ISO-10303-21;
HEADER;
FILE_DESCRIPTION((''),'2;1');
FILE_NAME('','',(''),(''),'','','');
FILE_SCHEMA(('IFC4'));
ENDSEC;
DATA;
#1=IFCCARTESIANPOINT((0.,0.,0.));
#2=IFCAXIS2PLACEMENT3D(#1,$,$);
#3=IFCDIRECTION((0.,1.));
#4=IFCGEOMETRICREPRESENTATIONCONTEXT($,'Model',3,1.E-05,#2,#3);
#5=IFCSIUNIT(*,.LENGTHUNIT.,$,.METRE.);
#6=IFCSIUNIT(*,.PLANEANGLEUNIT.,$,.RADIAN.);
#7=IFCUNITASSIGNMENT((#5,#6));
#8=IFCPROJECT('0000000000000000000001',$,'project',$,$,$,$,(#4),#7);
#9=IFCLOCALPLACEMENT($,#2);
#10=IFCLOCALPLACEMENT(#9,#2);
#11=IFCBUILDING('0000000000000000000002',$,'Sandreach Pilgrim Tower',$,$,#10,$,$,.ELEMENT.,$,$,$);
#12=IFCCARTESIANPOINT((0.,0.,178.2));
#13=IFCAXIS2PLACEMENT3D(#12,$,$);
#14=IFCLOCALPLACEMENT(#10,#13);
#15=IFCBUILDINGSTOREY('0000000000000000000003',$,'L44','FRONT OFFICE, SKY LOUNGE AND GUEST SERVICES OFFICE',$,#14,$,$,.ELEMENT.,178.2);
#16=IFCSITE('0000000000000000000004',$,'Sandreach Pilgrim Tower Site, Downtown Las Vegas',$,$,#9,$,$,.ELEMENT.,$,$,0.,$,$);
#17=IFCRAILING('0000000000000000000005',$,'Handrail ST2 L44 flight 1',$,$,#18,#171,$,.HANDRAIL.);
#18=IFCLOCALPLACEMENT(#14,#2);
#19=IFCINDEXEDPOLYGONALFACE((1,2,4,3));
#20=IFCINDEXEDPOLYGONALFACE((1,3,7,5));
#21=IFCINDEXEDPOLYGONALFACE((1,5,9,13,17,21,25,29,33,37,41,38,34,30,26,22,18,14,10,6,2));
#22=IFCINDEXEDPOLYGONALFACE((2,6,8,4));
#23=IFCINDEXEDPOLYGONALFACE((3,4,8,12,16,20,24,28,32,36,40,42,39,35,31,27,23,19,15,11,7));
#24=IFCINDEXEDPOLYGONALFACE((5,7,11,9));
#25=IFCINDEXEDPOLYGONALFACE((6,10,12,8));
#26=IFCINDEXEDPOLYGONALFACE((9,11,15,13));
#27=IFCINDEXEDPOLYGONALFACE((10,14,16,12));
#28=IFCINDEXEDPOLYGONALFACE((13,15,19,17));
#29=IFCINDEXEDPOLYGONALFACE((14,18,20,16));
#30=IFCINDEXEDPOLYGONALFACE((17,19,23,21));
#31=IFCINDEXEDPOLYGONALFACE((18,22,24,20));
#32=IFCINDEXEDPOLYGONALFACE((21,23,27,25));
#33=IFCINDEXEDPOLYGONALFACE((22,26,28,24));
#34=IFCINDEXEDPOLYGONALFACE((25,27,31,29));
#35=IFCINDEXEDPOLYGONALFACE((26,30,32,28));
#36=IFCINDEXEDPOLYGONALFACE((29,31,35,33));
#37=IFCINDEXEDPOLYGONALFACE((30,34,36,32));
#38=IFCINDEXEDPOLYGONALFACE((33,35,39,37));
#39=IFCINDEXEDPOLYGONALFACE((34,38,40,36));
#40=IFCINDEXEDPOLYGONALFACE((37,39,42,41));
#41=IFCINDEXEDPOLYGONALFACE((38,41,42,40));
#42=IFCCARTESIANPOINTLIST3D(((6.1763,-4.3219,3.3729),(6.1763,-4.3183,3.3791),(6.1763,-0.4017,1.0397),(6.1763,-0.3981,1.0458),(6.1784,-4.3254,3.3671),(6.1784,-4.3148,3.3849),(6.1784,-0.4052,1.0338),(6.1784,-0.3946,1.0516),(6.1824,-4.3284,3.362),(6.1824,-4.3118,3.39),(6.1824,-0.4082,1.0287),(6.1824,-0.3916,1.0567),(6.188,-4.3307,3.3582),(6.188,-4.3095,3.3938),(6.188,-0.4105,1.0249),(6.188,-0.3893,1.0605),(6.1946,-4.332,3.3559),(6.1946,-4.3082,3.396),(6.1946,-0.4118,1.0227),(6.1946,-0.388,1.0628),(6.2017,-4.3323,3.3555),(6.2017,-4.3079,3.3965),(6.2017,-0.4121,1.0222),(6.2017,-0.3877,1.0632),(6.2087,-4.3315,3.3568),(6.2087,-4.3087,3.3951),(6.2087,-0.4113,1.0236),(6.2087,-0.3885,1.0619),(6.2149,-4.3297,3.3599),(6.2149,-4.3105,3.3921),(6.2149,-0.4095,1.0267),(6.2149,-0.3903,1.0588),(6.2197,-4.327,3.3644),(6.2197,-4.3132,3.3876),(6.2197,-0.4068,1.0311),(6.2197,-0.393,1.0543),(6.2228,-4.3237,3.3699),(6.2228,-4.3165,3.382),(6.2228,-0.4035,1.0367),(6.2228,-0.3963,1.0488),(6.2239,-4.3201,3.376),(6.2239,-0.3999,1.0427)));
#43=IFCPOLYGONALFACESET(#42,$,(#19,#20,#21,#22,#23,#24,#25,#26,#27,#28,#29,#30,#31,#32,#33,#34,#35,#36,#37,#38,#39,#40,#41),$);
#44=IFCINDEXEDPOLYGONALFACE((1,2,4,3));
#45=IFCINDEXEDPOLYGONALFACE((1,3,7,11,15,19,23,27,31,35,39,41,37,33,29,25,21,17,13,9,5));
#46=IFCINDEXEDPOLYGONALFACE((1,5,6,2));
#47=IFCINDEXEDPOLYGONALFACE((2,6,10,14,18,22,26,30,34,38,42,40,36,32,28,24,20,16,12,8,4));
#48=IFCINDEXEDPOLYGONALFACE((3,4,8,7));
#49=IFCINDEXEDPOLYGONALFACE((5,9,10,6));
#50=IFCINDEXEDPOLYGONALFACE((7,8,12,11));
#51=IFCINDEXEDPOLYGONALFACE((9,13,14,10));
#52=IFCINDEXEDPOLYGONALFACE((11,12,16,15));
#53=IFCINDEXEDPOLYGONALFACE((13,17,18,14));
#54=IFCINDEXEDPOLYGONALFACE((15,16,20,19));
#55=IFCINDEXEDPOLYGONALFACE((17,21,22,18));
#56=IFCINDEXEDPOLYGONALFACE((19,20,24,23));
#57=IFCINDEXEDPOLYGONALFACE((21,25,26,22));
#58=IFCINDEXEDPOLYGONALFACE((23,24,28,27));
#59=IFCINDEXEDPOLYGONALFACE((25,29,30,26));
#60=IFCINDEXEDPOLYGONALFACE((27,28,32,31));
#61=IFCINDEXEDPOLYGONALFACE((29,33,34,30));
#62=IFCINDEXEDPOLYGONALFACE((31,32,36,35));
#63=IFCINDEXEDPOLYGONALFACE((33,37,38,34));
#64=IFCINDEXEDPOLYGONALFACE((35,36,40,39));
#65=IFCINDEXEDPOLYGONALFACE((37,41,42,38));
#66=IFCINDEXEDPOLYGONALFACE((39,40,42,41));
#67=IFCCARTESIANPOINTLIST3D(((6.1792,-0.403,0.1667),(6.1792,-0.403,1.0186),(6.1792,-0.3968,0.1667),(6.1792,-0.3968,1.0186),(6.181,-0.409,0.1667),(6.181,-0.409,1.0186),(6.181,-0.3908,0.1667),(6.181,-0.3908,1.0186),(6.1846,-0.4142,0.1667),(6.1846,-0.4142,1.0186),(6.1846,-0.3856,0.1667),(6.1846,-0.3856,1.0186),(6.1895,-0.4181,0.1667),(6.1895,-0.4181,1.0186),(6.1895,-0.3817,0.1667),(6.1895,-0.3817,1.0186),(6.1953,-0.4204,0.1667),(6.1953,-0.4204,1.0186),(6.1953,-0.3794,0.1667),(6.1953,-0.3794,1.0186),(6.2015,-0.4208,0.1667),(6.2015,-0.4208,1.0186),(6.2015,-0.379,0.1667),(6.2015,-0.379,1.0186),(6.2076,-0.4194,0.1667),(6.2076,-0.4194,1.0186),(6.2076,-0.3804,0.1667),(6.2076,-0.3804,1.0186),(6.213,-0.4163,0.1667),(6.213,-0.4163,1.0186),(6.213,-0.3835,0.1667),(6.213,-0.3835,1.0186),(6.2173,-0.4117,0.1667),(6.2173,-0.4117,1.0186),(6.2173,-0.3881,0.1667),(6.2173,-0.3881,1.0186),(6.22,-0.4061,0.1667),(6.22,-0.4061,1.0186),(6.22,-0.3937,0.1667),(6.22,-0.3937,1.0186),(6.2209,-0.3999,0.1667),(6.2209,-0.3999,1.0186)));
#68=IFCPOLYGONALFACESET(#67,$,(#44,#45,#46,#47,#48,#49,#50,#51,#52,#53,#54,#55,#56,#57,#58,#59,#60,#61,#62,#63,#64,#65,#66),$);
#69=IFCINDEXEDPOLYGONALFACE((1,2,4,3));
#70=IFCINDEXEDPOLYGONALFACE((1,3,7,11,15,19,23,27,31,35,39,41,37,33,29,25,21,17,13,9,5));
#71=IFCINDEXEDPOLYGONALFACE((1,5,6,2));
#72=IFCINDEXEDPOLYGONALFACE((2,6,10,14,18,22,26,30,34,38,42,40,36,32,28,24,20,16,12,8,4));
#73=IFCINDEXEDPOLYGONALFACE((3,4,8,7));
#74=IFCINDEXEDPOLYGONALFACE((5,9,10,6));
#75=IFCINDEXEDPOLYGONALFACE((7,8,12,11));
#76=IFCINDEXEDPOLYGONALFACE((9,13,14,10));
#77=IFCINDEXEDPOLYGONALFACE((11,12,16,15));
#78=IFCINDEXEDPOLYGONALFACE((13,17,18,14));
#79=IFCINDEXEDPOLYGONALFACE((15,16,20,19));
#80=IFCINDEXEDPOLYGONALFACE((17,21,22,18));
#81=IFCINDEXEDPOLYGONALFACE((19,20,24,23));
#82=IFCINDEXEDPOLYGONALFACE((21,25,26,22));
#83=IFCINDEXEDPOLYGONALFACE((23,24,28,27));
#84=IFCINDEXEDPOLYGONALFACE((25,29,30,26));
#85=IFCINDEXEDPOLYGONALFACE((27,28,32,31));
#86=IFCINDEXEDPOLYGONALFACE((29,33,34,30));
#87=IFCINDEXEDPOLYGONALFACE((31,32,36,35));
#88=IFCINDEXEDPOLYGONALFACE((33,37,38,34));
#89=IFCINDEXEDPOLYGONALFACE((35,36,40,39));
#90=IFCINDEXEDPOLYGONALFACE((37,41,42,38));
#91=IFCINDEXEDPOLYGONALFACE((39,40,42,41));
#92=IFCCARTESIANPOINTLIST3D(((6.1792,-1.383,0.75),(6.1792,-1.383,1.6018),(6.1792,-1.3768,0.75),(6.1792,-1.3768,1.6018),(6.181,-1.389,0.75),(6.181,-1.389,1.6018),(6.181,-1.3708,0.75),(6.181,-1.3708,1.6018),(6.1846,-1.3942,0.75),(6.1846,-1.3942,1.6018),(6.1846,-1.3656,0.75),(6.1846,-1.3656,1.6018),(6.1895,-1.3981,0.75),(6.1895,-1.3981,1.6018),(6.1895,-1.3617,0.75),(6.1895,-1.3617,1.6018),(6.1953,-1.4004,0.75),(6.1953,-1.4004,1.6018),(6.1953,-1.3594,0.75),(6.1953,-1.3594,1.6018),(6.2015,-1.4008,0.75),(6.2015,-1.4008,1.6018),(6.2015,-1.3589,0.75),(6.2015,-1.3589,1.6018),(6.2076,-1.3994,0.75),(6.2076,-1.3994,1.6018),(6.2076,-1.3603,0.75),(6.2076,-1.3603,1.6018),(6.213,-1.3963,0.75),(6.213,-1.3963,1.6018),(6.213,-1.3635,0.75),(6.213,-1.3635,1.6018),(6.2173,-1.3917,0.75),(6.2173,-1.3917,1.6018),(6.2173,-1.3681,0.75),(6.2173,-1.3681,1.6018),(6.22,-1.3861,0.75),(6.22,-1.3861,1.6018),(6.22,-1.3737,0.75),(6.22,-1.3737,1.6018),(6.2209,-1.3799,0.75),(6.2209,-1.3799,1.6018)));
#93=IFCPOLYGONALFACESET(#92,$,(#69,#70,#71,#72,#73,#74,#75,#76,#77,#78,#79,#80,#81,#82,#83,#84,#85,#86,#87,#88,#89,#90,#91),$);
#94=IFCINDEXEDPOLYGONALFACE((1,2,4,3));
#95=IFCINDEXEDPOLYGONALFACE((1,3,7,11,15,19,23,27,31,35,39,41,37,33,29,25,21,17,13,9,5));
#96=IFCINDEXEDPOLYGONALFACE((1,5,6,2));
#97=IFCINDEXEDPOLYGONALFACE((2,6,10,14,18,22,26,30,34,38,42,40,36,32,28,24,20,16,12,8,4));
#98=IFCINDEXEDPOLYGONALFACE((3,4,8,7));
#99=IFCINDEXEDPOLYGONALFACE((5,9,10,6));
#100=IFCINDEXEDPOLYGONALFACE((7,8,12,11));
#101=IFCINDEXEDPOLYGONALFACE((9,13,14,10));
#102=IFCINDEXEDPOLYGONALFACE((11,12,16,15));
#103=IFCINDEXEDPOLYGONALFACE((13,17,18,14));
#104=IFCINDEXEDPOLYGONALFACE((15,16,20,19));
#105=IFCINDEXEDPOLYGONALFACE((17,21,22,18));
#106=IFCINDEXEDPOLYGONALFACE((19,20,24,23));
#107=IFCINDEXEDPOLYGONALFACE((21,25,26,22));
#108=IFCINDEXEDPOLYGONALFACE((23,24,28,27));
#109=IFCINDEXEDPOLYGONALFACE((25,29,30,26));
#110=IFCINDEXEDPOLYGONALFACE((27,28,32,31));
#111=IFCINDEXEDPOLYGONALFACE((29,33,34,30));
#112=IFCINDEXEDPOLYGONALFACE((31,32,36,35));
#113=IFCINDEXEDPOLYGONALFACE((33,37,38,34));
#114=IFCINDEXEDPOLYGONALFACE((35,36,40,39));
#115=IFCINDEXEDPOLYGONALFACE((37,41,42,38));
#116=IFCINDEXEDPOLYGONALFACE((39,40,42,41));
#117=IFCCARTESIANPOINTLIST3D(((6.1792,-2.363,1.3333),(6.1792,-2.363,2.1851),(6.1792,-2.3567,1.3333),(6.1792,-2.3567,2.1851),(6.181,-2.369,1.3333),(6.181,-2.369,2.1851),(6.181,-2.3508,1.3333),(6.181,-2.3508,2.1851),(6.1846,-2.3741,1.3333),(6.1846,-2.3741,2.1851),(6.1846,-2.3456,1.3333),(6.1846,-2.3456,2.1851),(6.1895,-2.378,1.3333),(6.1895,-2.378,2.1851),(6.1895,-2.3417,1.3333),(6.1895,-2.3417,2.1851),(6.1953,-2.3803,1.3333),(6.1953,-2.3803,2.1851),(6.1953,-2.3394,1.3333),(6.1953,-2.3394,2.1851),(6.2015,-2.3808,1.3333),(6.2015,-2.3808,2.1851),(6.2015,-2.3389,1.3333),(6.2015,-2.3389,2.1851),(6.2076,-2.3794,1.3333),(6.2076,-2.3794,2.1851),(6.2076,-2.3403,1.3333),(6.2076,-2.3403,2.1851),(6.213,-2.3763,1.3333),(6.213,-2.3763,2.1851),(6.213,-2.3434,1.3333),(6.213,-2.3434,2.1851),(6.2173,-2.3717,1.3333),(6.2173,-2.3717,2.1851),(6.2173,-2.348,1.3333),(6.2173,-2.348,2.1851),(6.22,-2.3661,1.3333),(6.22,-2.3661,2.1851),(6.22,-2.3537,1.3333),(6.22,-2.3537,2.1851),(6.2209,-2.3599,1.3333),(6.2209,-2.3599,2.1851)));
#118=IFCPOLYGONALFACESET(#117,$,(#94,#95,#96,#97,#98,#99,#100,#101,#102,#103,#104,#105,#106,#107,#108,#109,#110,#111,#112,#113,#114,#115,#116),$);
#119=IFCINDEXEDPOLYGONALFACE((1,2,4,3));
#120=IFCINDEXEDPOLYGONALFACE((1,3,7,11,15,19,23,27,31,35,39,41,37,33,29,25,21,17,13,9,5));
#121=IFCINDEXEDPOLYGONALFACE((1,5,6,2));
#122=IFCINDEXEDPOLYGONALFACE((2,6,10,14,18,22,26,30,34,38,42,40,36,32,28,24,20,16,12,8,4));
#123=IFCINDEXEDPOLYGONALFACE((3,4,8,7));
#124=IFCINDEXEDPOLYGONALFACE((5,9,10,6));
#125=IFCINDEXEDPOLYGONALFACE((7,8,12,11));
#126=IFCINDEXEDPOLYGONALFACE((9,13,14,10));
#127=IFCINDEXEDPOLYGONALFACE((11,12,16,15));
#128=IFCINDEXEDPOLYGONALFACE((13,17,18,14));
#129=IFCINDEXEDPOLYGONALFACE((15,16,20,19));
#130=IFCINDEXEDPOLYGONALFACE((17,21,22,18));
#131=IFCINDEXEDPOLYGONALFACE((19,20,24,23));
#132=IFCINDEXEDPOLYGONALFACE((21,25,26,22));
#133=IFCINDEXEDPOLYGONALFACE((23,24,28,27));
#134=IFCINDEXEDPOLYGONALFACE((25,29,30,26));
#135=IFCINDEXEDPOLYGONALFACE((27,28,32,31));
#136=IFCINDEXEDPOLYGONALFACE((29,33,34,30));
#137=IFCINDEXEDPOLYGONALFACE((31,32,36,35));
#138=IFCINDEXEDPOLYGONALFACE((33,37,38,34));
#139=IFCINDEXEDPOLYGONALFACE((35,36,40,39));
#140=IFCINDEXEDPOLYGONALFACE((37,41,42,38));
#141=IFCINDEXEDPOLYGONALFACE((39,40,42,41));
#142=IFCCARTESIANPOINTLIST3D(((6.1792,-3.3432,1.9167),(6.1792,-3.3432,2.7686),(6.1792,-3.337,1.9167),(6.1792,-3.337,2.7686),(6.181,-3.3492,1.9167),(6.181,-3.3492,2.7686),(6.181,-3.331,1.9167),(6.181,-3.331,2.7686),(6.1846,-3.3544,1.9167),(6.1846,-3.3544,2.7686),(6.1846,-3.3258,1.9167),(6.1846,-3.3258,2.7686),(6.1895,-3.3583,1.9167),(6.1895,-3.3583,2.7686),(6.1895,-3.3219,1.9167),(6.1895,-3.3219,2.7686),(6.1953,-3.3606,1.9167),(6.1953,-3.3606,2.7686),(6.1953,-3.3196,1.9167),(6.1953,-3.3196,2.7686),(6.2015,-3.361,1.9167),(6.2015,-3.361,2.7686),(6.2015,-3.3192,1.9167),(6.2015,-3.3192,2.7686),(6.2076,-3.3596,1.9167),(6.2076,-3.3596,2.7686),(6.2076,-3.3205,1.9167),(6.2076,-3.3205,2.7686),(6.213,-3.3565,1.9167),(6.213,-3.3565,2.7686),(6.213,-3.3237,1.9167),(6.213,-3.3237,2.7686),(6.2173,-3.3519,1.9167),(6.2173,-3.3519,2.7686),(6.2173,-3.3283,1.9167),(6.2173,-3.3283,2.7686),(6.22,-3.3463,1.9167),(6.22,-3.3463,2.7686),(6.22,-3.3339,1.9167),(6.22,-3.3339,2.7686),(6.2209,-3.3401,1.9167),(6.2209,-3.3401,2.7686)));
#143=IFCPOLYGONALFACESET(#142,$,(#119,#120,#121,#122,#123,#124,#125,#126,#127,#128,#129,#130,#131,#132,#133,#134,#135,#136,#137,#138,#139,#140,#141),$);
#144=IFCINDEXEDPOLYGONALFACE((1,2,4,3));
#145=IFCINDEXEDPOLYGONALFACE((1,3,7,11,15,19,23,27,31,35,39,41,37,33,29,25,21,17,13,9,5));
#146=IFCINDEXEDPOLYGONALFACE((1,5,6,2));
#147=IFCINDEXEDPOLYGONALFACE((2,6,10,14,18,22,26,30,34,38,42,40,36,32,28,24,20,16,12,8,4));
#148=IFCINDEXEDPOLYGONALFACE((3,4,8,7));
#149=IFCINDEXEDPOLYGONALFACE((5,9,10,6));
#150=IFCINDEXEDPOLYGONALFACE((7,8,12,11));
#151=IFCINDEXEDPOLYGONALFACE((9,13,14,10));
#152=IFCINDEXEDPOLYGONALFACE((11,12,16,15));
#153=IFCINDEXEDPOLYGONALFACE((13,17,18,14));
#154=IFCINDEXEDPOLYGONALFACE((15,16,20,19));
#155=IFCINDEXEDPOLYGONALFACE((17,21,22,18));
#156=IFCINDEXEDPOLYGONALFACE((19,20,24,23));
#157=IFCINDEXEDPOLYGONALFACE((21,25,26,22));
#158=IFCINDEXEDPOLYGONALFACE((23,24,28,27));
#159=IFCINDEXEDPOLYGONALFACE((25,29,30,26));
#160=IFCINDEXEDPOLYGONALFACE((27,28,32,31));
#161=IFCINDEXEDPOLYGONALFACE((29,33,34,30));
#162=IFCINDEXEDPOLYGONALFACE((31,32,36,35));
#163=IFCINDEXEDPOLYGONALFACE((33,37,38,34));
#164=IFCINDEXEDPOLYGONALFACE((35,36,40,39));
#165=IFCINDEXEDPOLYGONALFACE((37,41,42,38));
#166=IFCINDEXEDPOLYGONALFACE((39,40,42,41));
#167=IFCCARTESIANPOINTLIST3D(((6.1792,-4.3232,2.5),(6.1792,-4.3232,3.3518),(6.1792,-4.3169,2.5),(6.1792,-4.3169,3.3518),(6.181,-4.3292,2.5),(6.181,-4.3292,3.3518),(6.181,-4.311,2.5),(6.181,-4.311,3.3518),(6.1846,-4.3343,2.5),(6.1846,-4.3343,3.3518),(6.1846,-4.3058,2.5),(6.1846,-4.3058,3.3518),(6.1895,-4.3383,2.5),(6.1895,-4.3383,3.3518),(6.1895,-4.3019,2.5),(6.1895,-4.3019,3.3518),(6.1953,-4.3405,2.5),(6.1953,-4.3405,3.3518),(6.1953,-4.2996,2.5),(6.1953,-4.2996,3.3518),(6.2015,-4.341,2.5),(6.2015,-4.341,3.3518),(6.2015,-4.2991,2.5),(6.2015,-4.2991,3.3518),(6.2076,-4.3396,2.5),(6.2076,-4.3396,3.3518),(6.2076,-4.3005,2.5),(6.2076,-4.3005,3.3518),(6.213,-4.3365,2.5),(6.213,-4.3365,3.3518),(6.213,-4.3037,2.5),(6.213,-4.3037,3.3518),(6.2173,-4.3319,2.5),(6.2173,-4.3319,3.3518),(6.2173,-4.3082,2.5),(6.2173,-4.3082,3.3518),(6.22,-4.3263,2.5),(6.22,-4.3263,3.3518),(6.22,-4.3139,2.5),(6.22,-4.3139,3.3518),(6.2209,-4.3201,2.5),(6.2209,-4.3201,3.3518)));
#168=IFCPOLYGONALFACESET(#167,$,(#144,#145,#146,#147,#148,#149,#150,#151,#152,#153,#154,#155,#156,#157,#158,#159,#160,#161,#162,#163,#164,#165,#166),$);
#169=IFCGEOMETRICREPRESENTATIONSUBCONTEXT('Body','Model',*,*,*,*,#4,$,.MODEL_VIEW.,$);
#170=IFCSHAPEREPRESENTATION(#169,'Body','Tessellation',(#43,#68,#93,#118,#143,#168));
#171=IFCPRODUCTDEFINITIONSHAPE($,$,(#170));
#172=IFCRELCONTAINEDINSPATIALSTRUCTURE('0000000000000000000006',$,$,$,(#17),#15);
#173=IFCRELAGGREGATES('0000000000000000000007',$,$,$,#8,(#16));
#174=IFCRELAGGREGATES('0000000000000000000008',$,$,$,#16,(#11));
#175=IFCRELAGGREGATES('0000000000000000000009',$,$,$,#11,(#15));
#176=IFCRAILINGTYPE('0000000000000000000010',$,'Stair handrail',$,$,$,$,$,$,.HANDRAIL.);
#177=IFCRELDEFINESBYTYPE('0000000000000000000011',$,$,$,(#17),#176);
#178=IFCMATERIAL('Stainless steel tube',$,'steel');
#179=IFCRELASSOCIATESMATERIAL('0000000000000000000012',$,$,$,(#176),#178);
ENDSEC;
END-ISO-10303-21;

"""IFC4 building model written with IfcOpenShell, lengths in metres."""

from ifc_helpers import new_model, si_unit, direction, frame, origin, origin_2d, place, context, subcontext, project, spatial, circle, extrude, material, type_object, element, save


model = new_model("IFC4")

# Units and contexts
model_context = context("Model", 3, precision=1e-05, world=origin(), true_north=direction((0.0, 1.0)))
body_context = subcontext(model_context, "Body", "Model", "MODEL_VIEW")
ifc_project = project(units=[si_unit("LENGTHUNIT", "METRE"), si_unit("PLANEANGLEUNIT", "RADIAN")], contexts=[model_context])

# Site, building, storey
site_placement = place(None, origin())
site = spatial("IfcSite", under=ifc_project, at=site_placement, Name="Sandreach Pilgrim Tower Site, Downtown Las Vegas", CompositionType="ELEMENT", RefElevation=0.0)
building_placement = place(site_placement, origin())
building = spatial("IfcBuilding", under=site, at=building_placement, Name="Sandreach Pilgrim Tower", CompositionType="ELEMENT")
storey_placement = place(building_placement, frame((0.0, 0.0, 178.2)))
storey = spatial("IfcBuildingStorey", under=building, at=storey_placement, Name="L44", Description="FRONT OFFICE, SKY LOUNGE AND GUEST SERVICES OFFICE", CompositionType="ELEMENT", Elevation=178.2)

# Railing
ifc_material_1 = material(Name="Stainless steel tube", Category="steel")
railing_type = type_object("IfcRailingType", Name="Stair handrail", PredefinedType="HANDRAIL", material=ifc_material_1)
for number, where, name in (
    (1, (6.2, -0.3999, 0.1667), "Handrail ST2 L44 flight 1"),
):
    element("IfcRailing", number, at=place(storey_placement, frame(where)), inside=storey, type_object=railing_type, Name=name, PredefinedType="HANDRAIL", context=body_context, shape_type="SweptSolid", body=[
        extrude(circle(Radius=0.0239, at=origin_2d()), frame((0.0, 0.0, 0.876), z_axis=(0.0, -0.85931, 0.511455), x_axis=(1.0, 0.0, 0.0)), (0.0, 0.0, 1.0), 4.562),
        extrude(circle(Radius=0.021, at=origin_2d()), origin(), (0.0, 0.0, 1.0), 0.8518),
        extrude(circle(Radius=0.021, at=origin_2d()), frame((0.0, -0.98, 0.5833)), (0.0, 0.0, 1.0), 0.8518),
        extrude(circle(Radius=0.021, at=origin_2d()), frame((0.0, -1.96, 1.1665)), (0.0, 0.0, 1.0), 0.8518),
        extrude(circle(Radius=0.021, at=origin_2d()), frame((0.0, -2.9402, 1.75)), (0.0, 0.0, 1.0), 0.8518),
        extrude(circle(Radius=0.021, at=origin_2d()), frame((0.0, -3.9202, 2.3333)), (0.0, 0.0, 1.0), 0.8518),
    ])

save(model, "model.ifc")
